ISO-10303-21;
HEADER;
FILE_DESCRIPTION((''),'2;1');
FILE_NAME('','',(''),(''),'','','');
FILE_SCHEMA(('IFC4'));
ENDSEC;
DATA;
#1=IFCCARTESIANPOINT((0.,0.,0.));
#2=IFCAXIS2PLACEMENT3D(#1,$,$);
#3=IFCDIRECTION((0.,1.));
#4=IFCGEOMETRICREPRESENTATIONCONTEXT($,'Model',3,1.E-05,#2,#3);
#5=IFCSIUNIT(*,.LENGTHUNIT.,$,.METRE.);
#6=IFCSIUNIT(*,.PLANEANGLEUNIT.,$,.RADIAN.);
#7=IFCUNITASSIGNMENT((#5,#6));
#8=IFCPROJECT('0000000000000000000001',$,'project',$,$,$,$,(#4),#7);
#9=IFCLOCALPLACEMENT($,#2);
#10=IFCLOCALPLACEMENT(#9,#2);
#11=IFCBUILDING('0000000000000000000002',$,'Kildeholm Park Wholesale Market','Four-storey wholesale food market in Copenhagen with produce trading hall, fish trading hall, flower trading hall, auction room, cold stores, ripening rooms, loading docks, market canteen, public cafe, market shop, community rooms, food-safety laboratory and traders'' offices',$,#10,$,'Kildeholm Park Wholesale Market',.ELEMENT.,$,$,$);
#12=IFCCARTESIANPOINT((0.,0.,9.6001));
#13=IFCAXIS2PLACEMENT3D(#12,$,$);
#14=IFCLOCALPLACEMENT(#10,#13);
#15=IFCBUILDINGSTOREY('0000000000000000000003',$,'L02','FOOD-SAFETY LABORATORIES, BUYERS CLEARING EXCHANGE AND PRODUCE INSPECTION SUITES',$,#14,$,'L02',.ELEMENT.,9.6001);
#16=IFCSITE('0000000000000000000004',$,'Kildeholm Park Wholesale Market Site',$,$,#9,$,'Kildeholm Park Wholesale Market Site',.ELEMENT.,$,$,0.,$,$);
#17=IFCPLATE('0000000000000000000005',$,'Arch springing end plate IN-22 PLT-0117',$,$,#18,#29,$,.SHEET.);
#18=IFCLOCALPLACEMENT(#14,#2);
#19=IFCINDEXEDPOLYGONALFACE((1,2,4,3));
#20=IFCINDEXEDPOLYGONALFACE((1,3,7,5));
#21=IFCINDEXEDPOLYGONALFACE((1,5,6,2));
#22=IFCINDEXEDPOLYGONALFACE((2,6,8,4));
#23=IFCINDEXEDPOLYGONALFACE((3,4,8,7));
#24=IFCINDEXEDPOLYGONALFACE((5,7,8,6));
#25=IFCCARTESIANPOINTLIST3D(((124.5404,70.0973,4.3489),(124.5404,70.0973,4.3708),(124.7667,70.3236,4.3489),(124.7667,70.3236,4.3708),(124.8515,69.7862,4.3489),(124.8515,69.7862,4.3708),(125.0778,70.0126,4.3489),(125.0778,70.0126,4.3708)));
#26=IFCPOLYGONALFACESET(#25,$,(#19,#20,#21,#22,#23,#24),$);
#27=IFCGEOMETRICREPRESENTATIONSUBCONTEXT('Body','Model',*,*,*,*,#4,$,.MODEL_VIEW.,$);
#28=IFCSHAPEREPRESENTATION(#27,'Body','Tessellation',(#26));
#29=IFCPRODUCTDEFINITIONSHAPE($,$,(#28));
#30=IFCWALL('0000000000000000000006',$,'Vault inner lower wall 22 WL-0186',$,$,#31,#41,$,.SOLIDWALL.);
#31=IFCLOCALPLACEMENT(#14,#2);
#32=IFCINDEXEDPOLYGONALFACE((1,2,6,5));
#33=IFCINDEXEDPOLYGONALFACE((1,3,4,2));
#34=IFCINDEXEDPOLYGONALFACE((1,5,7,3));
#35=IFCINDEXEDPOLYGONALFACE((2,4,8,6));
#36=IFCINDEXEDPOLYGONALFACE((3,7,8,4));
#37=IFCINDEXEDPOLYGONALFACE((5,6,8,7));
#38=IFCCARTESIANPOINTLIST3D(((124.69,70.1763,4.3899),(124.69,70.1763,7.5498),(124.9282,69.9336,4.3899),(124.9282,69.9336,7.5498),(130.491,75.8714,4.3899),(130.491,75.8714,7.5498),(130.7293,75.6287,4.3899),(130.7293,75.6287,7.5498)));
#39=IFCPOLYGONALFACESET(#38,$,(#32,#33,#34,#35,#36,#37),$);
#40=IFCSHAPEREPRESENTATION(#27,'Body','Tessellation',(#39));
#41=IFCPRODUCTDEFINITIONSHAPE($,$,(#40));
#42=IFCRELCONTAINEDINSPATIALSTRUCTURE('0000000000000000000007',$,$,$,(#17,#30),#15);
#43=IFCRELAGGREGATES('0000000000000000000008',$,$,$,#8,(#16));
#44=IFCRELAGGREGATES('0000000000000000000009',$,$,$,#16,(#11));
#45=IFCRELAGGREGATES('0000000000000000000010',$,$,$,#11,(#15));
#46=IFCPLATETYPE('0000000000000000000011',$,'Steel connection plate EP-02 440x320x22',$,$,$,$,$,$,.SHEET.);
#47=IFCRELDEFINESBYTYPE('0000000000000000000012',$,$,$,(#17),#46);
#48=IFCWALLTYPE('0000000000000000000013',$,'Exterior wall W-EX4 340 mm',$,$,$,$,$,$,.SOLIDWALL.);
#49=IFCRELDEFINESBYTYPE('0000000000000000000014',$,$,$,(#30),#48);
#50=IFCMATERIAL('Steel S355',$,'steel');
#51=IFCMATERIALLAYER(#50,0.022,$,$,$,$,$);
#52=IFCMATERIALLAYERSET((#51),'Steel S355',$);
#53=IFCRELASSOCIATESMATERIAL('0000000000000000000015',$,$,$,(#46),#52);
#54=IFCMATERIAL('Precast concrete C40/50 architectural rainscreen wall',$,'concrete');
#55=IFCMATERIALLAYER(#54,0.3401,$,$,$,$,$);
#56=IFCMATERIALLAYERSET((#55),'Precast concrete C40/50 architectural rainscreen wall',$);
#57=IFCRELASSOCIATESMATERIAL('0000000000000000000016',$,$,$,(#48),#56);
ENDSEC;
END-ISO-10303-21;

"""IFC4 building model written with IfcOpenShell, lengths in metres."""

from ifc_helpers import new_model, si_unit, direction, frame, frame_2d, origin, origin_2d, place, context, subcontext, project, spatial, rectangle, extrude, material, layer, layer_set, type_object, element, save


model = new_model("IFC4")

# Units and contexts
model_context = context("Model", 3, precision=1e-05, world=origin(), true_north=direction((0.0, 1.0)))
body_context = subcontext(model_context, "Body", "Model", "MODEL_VIEW")
ifc_project = project(units=[si_unit("LENGTHUNIT", "METRE"), si_unit("PLANEANGLEUNIT", "RADIAN")], contexts=[model_context])

# Site, building, storey
site_placement = place(None, origin())
site = spatial("IfcSite", under=ifc_project, at=site_placement, Name="Kildeholm Park Wholesale Market Site", LongName="Kildeholm Park Wholesale Market Site", CompositionType="ELEMENT", RefElevation=0.0)
building_placement = place(site_placement, origin())
building = spatial("IfcBuilding", under=site, at=building_placement, Name="Kildeholm Park Wholesale Market", Description="Four-storey wholesale food market in Copenhagen with produce trading hall, fish trading hall, flower trading hall, auction room, cold stores, ripening rooms, loading docks, market canteen, public cafe, market shop, community rooms, food-safety laboratory and traders' offices", LongName="Kildeholm Park Wholesale Market", CompositionType="ELEMENT")
storey_placement = place(building_placement, frame((0.0, 0.0, 9.6001)))
storey = spatial("IfcBuildingStorey", under=building, at=storey_placement, Name="L02", Description="FOOD-SAFETY LABORATORIES, BUYERS CLEARING EXCHANGE AND PRODUCE INSPECTION SUITES", LongName="L02", CompositionType="ELEMENT", Elevation=9.6001)

# Shared definitions
ifc_material_1 = material(Name="Steel S355", Category="steel")

# Plate
ifc_layer_1 = layer(ifc_material_1, 0.022)
ifc_layer_set_1 = layer_set([ifc_layer_1], Name="Steel S355")
plate_type_1 = type_object("IfcPlateType", Name="Steel connection plate EP-02 440x320x22", PredefinedType="SHEET", material=ifc_layer_set_1)
plate_1_placement = place(storey_placement, frame((124.8091, 70.0549, 4.3489), z_axis=(0.0, 0.0, 1.0), x_axis=(0.707107, -0.707107, 0.0)))
element("IfcPlate", 1, at=plate_1_placement, inside=storey, type_object=plate_type_1, Name="Arch springing end plate IN-22 PLT-0117", PredefinedType="SHEET", context=body_context, shape_type="SweptSolid", body=[
    extrude(rectangle(XDim=0.4399, YDim=0.3201, at=origin_2d()), origin(), (0.0, 0.0, 1.0), 0.022),
])

# Wall
ifc_material_2 = material(Name="Precast concrete C40/50 architectural rainscreen wall", Category="concrete")
ifc_layer_2 = layer(ifc_material_2, 0.3401)
ifc_layer_set_2 = layer_set([ifc_layer_2], Name="Precast concrete C40/50 architectural rainscreen wall")
wall_type = type_object("IfcWallType", Name="Exterior wall W-EX4 340 mm", PredefinedType="SOLIDWALL", material=ifc_layer_set_2)
wall_placement = place(storey_placement, frame((124.8091, 70.0549, 4.3899), z_axis=(0.0, 0.0, 1.0), x_axis=(0.713594, 0.70056, 0.0)))
element("IfcWall", 2, at=wall_placement, inside=storey, type_object=wall_type, Name="Vault inner lower wall 22 WL-0186", PredefinedType="SOLIDWALL", context=body_context, shape_type="SweptSolid", body=[
    extrude(rectangle(XDim=8.1294, YDim=0.3401, at=frame_2d((4.0647, 0.0))), origin(), (0.0, 0.0, 1.0), 3.1599),
])

save(model, "model.ifc")
